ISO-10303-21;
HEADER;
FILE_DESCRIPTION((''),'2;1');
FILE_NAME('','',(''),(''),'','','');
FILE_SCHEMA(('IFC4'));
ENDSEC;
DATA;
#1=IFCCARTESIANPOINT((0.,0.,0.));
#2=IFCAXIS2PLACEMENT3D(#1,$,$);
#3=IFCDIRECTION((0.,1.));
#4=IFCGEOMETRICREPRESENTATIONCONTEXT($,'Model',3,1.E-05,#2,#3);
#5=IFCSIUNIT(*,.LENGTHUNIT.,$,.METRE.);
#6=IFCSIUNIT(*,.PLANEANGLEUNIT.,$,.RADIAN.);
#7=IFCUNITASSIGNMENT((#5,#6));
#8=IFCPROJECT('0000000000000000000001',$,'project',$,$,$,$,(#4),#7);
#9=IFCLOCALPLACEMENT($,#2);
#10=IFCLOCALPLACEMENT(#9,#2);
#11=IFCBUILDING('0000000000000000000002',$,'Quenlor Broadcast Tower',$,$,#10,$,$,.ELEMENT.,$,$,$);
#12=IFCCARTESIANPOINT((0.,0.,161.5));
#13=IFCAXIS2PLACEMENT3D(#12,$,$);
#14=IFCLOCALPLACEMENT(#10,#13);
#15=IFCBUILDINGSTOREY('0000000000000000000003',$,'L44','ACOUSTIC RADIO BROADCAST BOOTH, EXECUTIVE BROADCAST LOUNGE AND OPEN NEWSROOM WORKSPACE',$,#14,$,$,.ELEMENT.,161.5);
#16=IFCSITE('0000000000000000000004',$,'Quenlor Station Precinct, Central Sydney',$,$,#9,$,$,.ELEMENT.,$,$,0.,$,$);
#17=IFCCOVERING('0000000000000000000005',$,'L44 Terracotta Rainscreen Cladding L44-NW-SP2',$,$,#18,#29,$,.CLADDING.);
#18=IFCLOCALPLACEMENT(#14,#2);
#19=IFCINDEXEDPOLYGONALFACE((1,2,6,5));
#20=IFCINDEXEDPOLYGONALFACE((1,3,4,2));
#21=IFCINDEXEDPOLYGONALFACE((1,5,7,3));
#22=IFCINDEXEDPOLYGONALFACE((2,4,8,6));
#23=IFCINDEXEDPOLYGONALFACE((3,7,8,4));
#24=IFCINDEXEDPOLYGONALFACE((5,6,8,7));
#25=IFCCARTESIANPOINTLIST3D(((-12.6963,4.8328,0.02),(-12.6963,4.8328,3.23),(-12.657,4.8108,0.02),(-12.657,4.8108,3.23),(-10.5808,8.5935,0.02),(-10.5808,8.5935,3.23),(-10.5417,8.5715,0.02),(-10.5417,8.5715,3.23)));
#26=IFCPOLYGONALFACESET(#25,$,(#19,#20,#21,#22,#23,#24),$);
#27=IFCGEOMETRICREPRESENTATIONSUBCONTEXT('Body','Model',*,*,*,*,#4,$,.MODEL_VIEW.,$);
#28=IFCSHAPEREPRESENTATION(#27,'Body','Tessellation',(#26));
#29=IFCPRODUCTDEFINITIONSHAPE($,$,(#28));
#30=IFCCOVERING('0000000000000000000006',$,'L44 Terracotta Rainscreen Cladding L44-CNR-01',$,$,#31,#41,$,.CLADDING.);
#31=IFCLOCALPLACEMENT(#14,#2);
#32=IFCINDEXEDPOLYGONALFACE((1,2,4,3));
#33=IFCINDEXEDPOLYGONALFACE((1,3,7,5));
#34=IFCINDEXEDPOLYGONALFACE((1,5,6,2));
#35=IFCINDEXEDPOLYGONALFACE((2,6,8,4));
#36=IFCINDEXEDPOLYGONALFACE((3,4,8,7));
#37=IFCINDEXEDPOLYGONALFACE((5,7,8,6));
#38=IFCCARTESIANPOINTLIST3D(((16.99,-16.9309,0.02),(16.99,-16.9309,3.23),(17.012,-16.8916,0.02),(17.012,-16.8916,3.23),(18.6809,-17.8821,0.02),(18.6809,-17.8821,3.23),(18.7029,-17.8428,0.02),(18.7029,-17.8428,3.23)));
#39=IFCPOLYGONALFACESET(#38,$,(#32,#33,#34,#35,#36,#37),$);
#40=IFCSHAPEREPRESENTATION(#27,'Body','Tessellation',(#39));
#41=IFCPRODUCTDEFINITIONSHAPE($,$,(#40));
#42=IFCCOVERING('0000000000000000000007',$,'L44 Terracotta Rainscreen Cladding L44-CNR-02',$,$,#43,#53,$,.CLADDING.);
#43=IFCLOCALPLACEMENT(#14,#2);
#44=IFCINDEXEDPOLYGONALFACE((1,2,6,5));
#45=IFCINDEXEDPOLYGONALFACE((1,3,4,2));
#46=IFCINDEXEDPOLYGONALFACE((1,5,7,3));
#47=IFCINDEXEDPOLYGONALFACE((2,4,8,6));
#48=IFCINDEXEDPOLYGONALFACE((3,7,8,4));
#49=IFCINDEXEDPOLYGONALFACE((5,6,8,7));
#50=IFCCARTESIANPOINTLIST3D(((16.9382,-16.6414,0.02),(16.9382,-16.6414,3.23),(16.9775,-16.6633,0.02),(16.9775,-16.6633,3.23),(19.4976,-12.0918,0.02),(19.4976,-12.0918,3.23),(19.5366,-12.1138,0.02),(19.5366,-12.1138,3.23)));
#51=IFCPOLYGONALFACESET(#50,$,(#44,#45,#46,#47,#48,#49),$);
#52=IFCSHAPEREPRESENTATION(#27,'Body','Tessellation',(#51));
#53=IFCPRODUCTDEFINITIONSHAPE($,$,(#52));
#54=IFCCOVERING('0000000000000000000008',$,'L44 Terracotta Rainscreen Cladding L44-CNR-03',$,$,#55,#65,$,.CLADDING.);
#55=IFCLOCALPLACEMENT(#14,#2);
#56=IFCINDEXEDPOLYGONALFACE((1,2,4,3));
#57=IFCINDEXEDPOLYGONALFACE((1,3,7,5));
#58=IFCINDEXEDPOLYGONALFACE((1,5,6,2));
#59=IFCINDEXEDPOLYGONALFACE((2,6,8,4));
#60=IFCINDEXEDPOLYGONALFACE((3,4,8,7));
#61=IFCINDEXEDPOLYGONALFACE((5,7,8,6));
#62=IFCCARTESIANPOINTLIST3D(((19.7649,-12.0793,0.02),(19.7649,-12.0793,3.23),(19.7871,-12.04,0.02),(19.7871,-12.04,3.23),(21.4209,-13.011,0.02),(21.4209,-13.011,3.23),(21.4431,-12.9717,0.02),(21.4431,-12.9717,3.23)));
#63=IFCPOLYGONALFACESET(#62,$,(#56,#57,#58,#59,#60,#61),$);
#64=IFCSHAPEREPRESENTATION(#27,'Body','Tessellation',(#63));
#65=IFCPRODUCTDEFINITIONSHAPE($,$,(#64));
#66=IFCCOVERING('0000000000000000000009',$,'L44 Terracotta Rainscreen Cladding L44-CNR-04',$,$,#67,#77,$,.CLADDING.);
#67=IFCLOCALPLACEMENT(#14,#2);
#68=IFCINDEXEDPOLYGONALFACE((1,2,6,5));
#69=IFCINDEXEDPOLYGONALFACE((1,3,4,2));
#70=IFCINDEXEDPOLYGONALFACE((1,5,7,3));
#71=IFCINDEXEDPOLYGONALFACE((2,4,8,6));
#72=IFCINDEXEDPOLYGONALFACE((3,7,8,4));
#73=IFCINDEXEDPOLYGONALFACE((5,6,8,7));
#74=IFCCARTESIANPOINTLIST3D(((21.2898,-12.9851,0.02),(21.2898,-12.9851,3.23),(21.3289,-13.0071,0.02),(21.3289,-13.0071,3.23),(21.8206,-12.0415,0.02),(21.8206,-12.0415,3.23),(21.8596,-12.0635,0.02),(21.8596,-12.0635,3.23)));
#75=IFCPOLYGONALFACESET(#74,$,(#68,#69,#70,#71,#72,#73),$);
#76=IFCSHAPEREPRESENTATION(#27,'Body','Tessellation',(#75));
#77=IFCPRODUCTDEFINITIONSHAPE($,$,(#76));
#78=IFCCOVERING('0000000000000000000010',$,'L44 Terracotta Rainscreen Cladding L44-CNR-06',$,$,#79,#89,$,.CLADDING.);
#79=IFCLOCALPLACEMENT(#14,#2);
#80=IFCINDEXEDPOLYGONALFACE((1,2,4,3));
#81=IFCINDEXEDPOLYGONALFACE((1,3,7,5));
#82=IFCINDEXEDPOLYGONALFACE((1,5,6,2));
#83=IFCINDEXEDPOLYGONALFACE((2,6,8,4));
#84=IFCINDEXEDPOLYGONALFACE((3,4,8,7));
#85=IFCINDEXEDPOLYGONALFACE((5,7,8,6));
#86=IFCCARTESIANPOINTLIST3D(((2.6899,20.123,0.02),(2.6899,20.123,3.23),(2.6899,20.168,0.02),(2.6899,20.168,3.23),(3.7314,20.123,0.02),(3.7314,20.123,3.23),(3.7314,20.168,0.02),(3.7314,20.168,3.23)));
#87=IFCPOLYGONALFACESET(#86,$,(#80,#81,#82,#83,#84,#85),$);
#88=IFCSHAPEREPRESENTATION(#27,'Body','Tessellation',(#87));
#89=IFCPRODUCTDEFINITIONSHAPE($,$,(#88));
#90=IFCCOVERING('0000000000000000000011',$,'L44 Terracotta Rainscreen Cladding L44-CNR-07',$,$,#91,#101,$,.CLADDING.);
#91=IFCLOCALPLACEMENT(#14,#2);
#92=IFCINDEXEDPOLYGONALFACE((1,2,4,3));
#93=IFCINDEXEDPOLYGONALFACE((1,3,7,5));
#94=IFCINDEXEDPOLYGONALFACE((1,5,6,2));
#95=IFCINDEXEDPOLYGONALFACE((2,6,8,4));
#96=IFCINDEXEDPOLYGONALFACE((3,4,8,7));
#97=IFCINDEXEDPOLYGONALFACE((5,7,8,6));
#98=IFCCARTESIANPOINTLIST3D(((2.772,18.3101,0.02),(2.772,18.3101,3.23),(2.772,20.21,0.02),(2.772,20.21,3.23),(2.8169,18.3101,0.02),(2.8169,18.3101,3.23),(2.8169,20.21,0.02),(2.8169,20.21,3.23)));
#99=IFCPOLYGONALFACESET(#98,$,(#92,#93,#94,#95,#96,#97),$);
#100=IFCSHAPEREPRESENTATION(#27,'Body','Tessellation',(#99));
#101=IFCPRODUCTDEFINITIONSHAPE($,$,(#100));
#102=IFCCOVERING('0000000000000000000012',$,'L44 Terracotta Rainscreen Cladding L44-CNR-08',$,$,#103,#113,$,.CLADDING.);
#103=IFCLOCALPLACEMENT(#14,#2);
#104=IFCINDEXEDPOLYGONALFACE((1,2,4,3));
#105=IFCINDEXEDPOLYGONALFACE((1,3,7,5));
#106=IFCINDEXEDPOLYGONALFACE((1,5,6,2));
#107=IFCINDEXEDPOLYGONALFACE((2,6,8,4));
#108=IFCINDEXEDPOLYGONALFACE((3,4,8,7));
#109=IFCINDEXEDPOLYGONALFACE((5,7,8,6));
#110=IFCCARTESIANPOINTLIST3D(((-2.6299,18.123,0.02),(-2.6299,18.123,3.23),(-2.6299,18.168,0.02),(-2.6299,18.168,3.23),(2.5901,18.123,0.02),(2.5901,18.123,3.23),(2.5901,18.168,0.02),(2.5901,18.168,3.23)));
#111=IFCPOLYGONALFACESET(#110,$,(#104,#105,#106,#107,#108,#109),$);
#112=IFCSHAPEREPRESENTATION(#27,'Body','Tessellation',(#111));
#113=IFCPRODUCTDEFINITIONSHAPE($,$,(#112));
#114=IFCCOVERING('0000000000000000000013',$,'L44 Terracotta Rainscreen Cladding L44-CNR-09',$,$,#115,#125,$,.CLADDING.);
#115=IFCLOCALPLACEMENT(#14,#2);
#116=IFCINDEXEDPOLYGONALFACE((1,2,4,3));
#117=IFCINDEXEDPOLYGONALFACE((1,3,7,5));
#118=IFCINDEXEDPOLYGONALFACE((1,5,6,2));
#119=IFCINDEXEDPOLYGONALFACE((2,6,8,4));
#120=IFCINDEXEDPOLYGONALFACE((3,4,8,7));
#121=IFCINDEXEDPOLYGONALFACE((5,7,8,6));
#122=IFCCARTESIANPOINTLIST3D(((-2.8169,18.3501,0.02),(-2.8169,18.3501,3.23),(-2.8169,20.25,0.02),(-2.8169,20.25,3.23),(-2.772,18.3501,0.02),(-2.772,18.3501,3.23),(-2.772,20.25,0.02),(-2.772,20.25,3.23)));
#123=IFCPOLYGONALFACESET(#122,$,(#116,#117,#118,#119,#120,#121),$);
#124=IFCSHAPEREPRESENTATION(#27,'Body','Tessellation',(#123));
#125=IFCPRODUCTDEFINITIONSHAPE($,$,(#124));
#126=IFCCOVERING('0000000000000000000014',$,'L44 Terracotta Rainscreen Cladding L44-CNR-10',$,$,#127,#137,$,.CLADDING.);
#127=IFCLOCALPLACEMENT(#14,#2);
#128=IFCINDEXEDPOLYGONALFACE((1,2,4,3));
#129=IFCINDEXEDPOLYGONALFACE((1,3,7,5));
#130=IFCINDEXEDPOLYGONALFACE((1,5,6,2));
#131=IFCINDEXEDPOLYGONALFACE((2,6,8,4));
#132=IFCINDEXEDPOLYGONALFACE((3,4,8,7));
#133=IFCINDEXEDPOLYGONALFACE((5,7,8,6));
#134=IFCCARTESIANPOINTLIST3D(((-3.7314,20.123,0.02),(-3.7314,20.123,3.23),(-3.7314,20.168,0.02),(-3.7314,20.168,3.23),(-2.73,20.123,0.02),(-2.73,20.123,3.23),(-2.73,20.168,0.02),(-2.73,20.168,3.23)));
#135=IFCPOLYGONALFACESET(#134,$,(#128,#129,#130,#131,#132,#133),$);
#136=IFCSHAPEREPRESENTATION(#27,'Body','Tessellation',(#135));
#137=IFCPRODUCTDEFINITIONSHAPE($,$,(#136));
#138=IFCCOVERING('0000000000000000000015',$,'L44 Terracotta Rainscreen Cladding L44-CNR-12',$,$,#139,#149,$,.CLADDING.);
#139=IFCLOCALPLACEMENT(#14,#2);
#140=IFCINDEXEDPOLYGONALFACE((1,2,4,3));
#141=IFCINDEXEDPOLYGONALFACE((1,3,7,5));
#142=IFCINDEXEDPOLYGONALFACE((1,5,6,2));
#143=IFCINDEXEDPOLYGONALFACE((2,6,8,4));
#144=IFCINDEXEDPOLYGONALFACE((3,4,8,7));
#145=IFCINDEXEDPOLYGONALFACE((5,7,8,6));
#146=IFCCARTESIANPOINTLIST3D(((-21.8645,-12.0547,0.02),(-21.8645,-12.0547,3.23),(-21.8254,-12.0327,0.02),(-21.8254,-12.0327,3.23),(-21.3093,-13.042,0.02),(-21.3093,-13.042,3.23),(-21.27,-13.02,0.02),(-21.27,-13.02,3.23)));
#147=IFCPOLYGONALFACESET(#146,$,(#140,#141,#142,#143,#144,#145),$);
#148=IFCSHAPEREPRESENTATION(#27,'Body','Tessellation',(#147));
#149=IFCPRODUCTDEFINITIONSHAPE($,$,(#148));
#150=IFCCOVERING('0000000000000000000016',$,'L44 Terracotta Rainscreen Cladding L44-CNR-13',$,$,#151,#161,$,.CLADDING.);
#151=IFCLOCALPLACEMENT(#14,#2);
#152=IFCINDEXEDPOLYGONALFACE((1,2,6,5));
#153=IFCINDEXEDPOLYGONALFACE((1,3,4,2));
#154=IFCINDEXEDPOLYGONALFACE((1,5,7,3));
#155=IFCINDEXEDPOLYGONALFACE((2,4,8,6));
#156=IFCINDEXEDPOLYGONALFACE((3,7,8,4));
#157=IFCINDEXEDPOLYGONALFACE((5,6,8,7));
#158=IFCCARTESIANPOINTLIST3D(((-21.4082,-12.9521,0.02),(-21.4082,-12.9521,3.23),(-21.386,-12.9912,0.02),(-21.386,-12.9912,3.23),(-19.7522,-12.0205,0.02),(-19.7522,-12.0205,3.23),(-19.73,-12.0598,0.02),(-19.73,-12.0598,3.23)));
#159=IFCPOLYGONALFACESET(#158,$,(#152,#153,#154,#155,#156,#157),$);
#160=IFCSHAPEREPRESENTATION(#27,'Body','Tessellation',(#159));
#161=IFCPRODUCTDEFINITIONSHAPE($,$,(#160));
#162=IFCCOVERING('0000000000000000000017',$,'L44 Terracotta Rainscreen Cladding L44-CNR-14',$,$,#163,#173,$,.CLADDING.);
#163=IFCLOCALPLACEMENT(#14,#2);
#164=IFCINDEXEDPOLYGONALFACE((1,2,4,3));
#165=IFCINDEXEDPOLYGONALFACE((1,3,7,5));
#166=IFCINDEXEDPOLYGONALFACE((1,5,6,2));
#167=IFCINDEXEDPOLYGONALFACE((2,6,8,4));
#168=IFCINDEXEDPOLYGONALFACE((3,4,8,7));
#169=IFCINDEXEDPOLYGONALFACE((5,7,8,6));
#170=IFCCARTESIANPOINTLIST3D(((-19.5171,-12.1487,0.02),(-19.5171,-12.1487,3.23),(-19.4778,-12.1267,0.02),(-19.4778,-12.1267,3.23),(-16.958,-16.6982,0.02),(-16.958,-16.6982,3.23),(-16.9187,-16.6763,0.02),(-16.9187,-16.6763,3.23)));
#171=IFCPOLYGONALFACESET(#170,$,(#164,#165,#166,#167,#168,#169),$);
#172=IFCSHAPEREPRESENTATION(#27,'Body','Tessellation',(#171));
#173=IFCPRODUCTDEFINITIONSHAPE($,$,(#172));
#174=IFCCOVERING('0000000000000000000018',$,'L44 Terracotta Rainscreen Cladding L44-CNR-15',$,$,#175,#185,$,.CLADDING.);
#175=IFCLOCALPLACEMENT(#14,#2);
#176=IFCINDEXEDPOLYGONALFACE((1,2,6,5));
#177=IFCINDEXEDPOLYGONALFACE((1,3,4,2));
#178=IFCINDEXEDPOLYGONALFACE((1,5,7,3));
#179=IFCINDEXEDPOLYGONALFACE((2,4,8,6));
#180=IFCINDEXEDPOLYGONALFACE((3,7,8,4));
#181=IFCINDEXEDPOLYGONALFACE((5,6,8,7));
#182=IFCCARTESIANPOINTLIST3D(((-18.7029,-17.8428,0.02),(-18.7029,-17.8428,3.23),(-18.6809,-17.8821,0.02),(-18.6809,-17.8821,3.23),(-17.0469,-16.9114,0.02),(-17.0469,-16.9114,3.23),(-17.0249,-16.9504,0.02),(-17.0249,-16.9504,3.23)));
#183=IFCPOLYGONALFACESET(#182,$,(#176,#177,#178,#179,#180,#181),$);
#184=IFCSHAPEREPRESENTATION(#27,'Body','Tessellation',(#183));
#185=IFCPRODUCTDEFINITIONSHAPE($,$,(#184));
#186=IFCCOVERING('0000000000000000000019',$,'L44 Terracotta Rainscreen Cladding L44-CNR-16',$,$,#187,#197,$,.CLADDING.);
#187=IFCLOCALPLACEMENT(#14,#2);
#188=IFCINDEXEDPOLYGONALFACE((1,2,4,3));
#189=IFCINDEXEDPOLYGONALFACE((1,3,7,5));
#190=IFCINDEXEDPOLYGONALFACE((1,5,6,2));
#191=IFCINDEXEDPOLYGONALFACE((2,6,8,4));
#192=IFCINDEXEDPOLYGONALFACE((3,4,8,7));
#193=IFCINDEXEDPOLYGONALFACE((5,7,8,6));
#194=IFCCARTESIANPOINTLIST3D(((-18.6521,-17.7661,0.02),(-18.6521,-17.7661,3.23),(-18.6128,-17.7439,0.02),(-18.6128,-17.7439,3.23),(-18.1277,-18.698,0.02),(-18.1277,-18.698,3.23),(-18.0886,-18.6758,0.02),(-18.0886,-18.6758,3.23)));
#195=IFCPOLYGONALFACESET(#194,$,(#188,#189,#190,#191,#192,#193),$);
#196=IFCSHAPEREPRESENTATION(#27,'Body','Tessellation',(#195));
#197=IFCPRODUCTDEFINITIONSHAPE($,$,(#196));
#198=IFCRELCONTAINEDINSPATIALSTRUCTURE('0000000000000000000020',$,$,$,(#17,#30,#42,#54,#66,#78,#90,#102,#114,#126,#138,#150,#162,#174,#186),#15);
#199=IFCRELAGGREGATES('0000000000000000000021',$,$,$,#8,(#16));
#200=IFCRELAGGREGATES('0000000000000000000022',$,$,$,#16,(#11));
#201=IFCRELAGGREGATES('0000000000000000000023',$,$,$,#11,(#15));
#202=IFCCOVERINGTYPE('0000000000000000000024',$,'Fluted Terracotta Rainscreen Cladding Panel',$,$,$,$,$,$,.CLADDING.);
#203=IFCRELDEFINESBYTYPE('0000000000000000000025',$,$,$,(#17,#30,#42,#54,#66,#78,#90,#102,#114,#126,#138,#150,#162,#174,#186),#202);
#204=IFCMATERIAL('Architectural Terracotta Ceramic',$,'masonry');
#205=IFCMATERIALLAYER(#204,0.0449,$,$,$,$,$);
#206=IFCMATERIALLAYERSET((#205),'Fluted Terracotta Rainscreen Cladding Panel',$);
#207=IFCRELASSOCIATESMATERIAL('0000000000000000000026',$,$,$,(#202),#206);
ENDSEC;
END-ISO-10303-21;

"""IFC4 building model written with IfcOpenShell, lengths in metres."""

from ifc_helpers import new_model, si_unit, direction, frame, origin, place, context, subcontext, project, spatial, polyline, outline, extrude, material, layer, layer_set, type_object, element, save


model = new_model("IFC4")

# Units and contexts
model_context = context("Model", 3, precision=1e-05, world=origin(), true_north=direction((0.0, 1.0)))
body_context = subcontext(model_context, "Body", "Model", "MODEL_VIEW")
ifc_project = project(units=[si_unit("LENGTHUNIT", "METRE"), si_unit("PLANEANGLEUNIT", "RADIAN")], contexts=[model_context])

# Site, building, storey
site_placement = place(None, origin())
site = spatial("IfcSite", under=ifc_project, at=site_placement, Name="Quenlor Station Precinct, Central Sydney", CompositionType="ELEMENT", RefElevation=0.0)
building_placement = place(site_placement, origin())
building = spatial("IfcBuilding", under=site, at=building_placement, Name="Quenlor Broadcast Tower", CompositionType="ELEMENT")
storey_placement = place(building_placement, frame((0.0, 0.0, 161.5)))
storey = spatial("IfcBuildingStorey", under=building, at=storey_placement, Name="L44", Description="ACOUSTIC RADIO BROADCAST BOOTH, EXECUTIVE BROADCAST LOUNGE AND OPEN NEWSROOM WORKSPACE", CompositionType="ELEMENT", Elevation=161.5)

# Coverings
ifc_material_1 = material(Name="Architectural Terracotta Ceramic", Category="masonry")
ifc_layer_1 = layer(ifc_material_1, 0.0449)
ifc_layer_set_1 = layer_set([ifc_layer_1], Name="Fluted Terracotta Rainscreen Cladding Panel")
covering_type_1 = type_object("IfcCoveringType", Name="Fluted Terracotta Rainscreen Cladding Panel", PredefinedType="CLADDING", material=ifc_layer_set_1)
covering_1_placement = place(storey_placement, frame((0.0, 0.0, 0.02)))
element("IfcCovering", 1, at=covering_1_placement, inside=storey, type_object=covering_type_1, Name="L44 Terracotta Rainscreen Cladding L44-NW-SP2", PredefinedType="CLADDING", context=body_context, shape_type="SweptSolid", body=[
    extrude(outline(polyline([(-12.657, 4.8108), (-10.5417, 8.5715), (-10.5808, 8.5935), (-12.6963, 4.8328), (-12.657, 4.8108)])), origin(), (0.0, 0.0, 1.0), 3.21),
])
covering_2_placement = place(storey_placement, frame((0.0, 0.0, 0.02)))
element("IfcCovering", 2, at=covering_2_placement, inside=storey, type_object=covering_type_1, Name="L44 Terracotta Rainscreen Cladding L44-CNR-01", PredefinedType="CLADDING", context=body_context, shape_type="SweptSolid", body=[
    extrude(outline(polyline([(18.7029, -17.8428), (17.012, -16.8916), (16.99, -16.9309), (18.6809, -17.8821), (18.7029, -17.8428)])), origin(), (0.0, 0.0, 1.0), 3.21),
])
covering_3_placement = place(storey_placement, frame((0.0, 0.0, 0.02)))
element("IfcCovering", 3, at=covering_3_placement, inside=storey, type_object=covering_type_1, Name="L44 Terracotta Rainscreen Cladding L44-CNR-02", PredefinedType="CLADDING", context=body_context, shape_type="SweptSolid", body=[
    extrude(outline(polyline([(16.9775, -16.6633), (19.5366, -12.1138), (19.4976, -12.0918), (16.9382, -16.6414), (16.9775, -16.6633)])), origin(), (0.0, 0.0, 1.0), 3.21),
])
covering_4_placement = place(storey_placement, frame((0.0, 0.0, 0.02)))
element("IfcCovering", 4, at=covering_4_placement, inside=storey, type_object=covering_type_1, Name="L44 Terracotta Rainscreen Cladding L44-CNR-03", PredefinedType="CLADDING", context=body_context, shape_type="SweptSolid", body=[
    extrude(outline(polyline([(19.7649, -12.0793), (21.4209, -13.011), (21.4431, -12.9717), (19.7871, -12.04), (19.7649, -12.0793)])), origin(), (0.0, 0.0, 1.0), 3.21),
])
covering_5_placement = place(storey_placement, frame((0.0, 0.0, 0.02)))
element("IfcCovering", 5, at=covering_5_placement, inside=storey, type_object=covering_type_1, Name="L44 Terracotta Rainscreen Cladding L44-CNR-04", PredefinedType="CLADDING", context=body_context, shape_type="SweptSolid", body=[
    extrude(outline(polyline([(21.3289, -13.0071), (21.8596, -12.0635), (21.8206, -12.0415), (21.2898, -12.9851), (21.3289, -13.0071)])), origin(), (0.0, 0.0, 1.0), 3.21),
])
covering_6_placement = place(storey_placement, frame((0.0, 0.0, 0.02)))
element("IfcCovering", 6, at=covering_6_placement, inside=storey, type_object=covering_type_1, Name="L44 Terracotta Rainscreen Cladding L44-CNR-06", PredefinedType="CLADDING", context=body_context, shape_type="SweptSolid", body=[
    extrude(outline(polyline([(3.7314, 20.168), (2.6899, 20.168), (2.6899, 20.123), (3.7314, 20.123), (3.7314, 20.168)])), origin(), (0.0, 0.0, 1.0), 3.21),
])
covering_7_placement = place(storey_placement, frame((0.0, 0.0, 0.02)))
element("IfcCovering", 7, at=covering_7_placement, inside=storey, type_object=covering_type_1, Name="L44 Terracotta Rainscreen Cladding L44-CNR-07", PredefinedType="CLADDING", context=body_context, shape_type="SweptSolid", body=[
    extrude(outline(polyline([(2.772, 20.21), (2.772, 18.3101), (2.8169, 18.3101), (2.8169, 20.21), (2.772, 20.21)])), origin(), (0.0, 0.0, 1.0), 3.21),
])
covering_8_placement = place(storey_placement, frame((0.0, 0.0, 0.02)))
element("IfcCovering", 8, at=covering_8_placement, inside=storey, type_object=covering_type_1, Name="L44 Terracotta Rainscreen Cladding L44-CNR-08", PredefinedType="CLADDING", context=body_context, shape_type="SweptSolid", body=[
    extrude(outline(polyline([(2.5901, 18.168), (-2.6299, 18.168), (-2.6299, 18.123), (2.5901, 18.123), (2.5901, 18.168)])), origin(), (0.0, 0.0, 1.0), 3.21),
])
covering_9_placement = place(storey_placement, frame((0.0, 0.0, 0.02)))
element("IfcCovering", 9, at=covering_9_placement, inside=storey, type_object=covering_type_1, Name="L44 Terracotta Rainscreen Cladding L44-CNR-09", PredefinedType="CLADDING", context=body_context, shape_type="SweptSolid", body=[
    extrude(outline(polyline([(-2.772, 18.3501), (-2.772, 20.25), (-2.8169, 20.25), (-2.8169, 18.3501), (-2.772, 18.3501)])), origin(), (0.0, 0.0, 1.0), 3.21),
])
covering_10_placement = place(storey_placement, frame((0.0, 0.0, 0.02)))
element("IfcCovering", 10, at=covering_10_placement, inside=storey, type_object=covering_type_1, Name="L44 Terracotta Rainscreen Cladding L44-CNR-10", PredefinedType="CLADDING", context=body_context, shape_type="SweptSolid", body=[
    extrude(outline(polyline([(-2.73, 20.168), (-3.7314, 20.168), (-3.7314, 20.123), (-2.73, 20.123), (-2.73, 20.168)])), origin(), (0.0, 0.0, 1.0), 3.21),
])
covering_11_placement = place(storey_placement, frame((0.0, 0.0, 0.02)))
element("IfcCovering", 11, at=covering_11_placement, inside=storey, type_object=covering_type_1, Name="L44 Terracotta Rainscreen Cladding L44-CNR-12", PredefinedType="CLADDING", context=body_context, shape_type="SweptSolid", body=[
    extrude(outline(polyline([(-21.8645, -12.0547), (-21.3093, -13.042), (-21.27, -13.02), (-21.8254, -12.0327), (-21.8645, -12.0547)])), origin(), (0.0, 0.0, 1.0), 3.21),
])
covering_12_placement = place(storey_placement, frame((0.0, 0.0, 0.02)))
element("IfcCovering", 12, at=covering_12_placement, inside=storey, type_object=covering_type_1, Name="L44 Terracotta Rainscreen Cladding L44-CNR-13", PredefinedType="CLADDING", context=body_context, shape_type="SweptSolid", body=[
    extrude(outline(polyline([(-21.386, -12.9912), (-19.73, -12.0598), (-19.7522, -12.0205), (-21.4082, -12.9521), (-21.386, -12.9912)])), origin(), (0.0, 0.0, 1.0), 3.21),
])
covering_13_placement = place(storey_placement, frame((0.0, 0.0, 0.02)))
element("IfcCovering", 13, at=covering_13_placement, inside=storey, type_object=covering_type_1, Name="L44 Terracotta Rainscreen Cladding L44-CNR-14", PredefinedType="CLADDING", context=body_context, shape_type="SweptSolid", body=[
    extrude(outline(polyline([(-19.5171, -12.1487), (-16.958, -16.6982), (-16.9187, -16.6763), (-19.4778, -12.1267), (-19.5171, -12.1487)])), origin(), (0.0, 0.0, 1.0), 3.21),
])
covering_14_placement = place(storey_placement, frame((0.0, 0.0, 0.02)))
element("IfcCovering", 14, at=covering_14_placement, inside=storey, type_object=covering_type_1, Name="L44 Terracotta Rainscreen Cladding L44-CNR-15", PredefinedType="CLADDING", context=body_context, shape_type="SweptSolid", body=[
    extrude(outline(polyline([(-17.0469, -16.9114), (-18.7029, -17.8428), (-18.6809, -17.8821), (-17.0249, -16.9504), (-17.0469, -16.9114)])), origin(), (0.0, 0.0, 1.0), 3.21),
])
covering_15_placement = place(storey_placement, frame((0.0, 0.0, 0.02)))
element("IfcCovering", 15, at=covering_15_placement, inside=storey, type_object=covering_type_1, Name="L44 Terracotta Rainscreen Cladding L44-CNR-16", PredefinedType="CLADDING", context=body_context, shape_type="SweptSolid", body=[
    extrude(outline(polyline([(-18.6521, -17.7661), (-18.1277, -18.698), (-18.0886, -18.6758), (-18.6128, -17.7439), (-18.6521, -17.7661)])), origin(), (0.0, 0.0, 1.0), 3.21),
])

save(model, "model.ifc")
